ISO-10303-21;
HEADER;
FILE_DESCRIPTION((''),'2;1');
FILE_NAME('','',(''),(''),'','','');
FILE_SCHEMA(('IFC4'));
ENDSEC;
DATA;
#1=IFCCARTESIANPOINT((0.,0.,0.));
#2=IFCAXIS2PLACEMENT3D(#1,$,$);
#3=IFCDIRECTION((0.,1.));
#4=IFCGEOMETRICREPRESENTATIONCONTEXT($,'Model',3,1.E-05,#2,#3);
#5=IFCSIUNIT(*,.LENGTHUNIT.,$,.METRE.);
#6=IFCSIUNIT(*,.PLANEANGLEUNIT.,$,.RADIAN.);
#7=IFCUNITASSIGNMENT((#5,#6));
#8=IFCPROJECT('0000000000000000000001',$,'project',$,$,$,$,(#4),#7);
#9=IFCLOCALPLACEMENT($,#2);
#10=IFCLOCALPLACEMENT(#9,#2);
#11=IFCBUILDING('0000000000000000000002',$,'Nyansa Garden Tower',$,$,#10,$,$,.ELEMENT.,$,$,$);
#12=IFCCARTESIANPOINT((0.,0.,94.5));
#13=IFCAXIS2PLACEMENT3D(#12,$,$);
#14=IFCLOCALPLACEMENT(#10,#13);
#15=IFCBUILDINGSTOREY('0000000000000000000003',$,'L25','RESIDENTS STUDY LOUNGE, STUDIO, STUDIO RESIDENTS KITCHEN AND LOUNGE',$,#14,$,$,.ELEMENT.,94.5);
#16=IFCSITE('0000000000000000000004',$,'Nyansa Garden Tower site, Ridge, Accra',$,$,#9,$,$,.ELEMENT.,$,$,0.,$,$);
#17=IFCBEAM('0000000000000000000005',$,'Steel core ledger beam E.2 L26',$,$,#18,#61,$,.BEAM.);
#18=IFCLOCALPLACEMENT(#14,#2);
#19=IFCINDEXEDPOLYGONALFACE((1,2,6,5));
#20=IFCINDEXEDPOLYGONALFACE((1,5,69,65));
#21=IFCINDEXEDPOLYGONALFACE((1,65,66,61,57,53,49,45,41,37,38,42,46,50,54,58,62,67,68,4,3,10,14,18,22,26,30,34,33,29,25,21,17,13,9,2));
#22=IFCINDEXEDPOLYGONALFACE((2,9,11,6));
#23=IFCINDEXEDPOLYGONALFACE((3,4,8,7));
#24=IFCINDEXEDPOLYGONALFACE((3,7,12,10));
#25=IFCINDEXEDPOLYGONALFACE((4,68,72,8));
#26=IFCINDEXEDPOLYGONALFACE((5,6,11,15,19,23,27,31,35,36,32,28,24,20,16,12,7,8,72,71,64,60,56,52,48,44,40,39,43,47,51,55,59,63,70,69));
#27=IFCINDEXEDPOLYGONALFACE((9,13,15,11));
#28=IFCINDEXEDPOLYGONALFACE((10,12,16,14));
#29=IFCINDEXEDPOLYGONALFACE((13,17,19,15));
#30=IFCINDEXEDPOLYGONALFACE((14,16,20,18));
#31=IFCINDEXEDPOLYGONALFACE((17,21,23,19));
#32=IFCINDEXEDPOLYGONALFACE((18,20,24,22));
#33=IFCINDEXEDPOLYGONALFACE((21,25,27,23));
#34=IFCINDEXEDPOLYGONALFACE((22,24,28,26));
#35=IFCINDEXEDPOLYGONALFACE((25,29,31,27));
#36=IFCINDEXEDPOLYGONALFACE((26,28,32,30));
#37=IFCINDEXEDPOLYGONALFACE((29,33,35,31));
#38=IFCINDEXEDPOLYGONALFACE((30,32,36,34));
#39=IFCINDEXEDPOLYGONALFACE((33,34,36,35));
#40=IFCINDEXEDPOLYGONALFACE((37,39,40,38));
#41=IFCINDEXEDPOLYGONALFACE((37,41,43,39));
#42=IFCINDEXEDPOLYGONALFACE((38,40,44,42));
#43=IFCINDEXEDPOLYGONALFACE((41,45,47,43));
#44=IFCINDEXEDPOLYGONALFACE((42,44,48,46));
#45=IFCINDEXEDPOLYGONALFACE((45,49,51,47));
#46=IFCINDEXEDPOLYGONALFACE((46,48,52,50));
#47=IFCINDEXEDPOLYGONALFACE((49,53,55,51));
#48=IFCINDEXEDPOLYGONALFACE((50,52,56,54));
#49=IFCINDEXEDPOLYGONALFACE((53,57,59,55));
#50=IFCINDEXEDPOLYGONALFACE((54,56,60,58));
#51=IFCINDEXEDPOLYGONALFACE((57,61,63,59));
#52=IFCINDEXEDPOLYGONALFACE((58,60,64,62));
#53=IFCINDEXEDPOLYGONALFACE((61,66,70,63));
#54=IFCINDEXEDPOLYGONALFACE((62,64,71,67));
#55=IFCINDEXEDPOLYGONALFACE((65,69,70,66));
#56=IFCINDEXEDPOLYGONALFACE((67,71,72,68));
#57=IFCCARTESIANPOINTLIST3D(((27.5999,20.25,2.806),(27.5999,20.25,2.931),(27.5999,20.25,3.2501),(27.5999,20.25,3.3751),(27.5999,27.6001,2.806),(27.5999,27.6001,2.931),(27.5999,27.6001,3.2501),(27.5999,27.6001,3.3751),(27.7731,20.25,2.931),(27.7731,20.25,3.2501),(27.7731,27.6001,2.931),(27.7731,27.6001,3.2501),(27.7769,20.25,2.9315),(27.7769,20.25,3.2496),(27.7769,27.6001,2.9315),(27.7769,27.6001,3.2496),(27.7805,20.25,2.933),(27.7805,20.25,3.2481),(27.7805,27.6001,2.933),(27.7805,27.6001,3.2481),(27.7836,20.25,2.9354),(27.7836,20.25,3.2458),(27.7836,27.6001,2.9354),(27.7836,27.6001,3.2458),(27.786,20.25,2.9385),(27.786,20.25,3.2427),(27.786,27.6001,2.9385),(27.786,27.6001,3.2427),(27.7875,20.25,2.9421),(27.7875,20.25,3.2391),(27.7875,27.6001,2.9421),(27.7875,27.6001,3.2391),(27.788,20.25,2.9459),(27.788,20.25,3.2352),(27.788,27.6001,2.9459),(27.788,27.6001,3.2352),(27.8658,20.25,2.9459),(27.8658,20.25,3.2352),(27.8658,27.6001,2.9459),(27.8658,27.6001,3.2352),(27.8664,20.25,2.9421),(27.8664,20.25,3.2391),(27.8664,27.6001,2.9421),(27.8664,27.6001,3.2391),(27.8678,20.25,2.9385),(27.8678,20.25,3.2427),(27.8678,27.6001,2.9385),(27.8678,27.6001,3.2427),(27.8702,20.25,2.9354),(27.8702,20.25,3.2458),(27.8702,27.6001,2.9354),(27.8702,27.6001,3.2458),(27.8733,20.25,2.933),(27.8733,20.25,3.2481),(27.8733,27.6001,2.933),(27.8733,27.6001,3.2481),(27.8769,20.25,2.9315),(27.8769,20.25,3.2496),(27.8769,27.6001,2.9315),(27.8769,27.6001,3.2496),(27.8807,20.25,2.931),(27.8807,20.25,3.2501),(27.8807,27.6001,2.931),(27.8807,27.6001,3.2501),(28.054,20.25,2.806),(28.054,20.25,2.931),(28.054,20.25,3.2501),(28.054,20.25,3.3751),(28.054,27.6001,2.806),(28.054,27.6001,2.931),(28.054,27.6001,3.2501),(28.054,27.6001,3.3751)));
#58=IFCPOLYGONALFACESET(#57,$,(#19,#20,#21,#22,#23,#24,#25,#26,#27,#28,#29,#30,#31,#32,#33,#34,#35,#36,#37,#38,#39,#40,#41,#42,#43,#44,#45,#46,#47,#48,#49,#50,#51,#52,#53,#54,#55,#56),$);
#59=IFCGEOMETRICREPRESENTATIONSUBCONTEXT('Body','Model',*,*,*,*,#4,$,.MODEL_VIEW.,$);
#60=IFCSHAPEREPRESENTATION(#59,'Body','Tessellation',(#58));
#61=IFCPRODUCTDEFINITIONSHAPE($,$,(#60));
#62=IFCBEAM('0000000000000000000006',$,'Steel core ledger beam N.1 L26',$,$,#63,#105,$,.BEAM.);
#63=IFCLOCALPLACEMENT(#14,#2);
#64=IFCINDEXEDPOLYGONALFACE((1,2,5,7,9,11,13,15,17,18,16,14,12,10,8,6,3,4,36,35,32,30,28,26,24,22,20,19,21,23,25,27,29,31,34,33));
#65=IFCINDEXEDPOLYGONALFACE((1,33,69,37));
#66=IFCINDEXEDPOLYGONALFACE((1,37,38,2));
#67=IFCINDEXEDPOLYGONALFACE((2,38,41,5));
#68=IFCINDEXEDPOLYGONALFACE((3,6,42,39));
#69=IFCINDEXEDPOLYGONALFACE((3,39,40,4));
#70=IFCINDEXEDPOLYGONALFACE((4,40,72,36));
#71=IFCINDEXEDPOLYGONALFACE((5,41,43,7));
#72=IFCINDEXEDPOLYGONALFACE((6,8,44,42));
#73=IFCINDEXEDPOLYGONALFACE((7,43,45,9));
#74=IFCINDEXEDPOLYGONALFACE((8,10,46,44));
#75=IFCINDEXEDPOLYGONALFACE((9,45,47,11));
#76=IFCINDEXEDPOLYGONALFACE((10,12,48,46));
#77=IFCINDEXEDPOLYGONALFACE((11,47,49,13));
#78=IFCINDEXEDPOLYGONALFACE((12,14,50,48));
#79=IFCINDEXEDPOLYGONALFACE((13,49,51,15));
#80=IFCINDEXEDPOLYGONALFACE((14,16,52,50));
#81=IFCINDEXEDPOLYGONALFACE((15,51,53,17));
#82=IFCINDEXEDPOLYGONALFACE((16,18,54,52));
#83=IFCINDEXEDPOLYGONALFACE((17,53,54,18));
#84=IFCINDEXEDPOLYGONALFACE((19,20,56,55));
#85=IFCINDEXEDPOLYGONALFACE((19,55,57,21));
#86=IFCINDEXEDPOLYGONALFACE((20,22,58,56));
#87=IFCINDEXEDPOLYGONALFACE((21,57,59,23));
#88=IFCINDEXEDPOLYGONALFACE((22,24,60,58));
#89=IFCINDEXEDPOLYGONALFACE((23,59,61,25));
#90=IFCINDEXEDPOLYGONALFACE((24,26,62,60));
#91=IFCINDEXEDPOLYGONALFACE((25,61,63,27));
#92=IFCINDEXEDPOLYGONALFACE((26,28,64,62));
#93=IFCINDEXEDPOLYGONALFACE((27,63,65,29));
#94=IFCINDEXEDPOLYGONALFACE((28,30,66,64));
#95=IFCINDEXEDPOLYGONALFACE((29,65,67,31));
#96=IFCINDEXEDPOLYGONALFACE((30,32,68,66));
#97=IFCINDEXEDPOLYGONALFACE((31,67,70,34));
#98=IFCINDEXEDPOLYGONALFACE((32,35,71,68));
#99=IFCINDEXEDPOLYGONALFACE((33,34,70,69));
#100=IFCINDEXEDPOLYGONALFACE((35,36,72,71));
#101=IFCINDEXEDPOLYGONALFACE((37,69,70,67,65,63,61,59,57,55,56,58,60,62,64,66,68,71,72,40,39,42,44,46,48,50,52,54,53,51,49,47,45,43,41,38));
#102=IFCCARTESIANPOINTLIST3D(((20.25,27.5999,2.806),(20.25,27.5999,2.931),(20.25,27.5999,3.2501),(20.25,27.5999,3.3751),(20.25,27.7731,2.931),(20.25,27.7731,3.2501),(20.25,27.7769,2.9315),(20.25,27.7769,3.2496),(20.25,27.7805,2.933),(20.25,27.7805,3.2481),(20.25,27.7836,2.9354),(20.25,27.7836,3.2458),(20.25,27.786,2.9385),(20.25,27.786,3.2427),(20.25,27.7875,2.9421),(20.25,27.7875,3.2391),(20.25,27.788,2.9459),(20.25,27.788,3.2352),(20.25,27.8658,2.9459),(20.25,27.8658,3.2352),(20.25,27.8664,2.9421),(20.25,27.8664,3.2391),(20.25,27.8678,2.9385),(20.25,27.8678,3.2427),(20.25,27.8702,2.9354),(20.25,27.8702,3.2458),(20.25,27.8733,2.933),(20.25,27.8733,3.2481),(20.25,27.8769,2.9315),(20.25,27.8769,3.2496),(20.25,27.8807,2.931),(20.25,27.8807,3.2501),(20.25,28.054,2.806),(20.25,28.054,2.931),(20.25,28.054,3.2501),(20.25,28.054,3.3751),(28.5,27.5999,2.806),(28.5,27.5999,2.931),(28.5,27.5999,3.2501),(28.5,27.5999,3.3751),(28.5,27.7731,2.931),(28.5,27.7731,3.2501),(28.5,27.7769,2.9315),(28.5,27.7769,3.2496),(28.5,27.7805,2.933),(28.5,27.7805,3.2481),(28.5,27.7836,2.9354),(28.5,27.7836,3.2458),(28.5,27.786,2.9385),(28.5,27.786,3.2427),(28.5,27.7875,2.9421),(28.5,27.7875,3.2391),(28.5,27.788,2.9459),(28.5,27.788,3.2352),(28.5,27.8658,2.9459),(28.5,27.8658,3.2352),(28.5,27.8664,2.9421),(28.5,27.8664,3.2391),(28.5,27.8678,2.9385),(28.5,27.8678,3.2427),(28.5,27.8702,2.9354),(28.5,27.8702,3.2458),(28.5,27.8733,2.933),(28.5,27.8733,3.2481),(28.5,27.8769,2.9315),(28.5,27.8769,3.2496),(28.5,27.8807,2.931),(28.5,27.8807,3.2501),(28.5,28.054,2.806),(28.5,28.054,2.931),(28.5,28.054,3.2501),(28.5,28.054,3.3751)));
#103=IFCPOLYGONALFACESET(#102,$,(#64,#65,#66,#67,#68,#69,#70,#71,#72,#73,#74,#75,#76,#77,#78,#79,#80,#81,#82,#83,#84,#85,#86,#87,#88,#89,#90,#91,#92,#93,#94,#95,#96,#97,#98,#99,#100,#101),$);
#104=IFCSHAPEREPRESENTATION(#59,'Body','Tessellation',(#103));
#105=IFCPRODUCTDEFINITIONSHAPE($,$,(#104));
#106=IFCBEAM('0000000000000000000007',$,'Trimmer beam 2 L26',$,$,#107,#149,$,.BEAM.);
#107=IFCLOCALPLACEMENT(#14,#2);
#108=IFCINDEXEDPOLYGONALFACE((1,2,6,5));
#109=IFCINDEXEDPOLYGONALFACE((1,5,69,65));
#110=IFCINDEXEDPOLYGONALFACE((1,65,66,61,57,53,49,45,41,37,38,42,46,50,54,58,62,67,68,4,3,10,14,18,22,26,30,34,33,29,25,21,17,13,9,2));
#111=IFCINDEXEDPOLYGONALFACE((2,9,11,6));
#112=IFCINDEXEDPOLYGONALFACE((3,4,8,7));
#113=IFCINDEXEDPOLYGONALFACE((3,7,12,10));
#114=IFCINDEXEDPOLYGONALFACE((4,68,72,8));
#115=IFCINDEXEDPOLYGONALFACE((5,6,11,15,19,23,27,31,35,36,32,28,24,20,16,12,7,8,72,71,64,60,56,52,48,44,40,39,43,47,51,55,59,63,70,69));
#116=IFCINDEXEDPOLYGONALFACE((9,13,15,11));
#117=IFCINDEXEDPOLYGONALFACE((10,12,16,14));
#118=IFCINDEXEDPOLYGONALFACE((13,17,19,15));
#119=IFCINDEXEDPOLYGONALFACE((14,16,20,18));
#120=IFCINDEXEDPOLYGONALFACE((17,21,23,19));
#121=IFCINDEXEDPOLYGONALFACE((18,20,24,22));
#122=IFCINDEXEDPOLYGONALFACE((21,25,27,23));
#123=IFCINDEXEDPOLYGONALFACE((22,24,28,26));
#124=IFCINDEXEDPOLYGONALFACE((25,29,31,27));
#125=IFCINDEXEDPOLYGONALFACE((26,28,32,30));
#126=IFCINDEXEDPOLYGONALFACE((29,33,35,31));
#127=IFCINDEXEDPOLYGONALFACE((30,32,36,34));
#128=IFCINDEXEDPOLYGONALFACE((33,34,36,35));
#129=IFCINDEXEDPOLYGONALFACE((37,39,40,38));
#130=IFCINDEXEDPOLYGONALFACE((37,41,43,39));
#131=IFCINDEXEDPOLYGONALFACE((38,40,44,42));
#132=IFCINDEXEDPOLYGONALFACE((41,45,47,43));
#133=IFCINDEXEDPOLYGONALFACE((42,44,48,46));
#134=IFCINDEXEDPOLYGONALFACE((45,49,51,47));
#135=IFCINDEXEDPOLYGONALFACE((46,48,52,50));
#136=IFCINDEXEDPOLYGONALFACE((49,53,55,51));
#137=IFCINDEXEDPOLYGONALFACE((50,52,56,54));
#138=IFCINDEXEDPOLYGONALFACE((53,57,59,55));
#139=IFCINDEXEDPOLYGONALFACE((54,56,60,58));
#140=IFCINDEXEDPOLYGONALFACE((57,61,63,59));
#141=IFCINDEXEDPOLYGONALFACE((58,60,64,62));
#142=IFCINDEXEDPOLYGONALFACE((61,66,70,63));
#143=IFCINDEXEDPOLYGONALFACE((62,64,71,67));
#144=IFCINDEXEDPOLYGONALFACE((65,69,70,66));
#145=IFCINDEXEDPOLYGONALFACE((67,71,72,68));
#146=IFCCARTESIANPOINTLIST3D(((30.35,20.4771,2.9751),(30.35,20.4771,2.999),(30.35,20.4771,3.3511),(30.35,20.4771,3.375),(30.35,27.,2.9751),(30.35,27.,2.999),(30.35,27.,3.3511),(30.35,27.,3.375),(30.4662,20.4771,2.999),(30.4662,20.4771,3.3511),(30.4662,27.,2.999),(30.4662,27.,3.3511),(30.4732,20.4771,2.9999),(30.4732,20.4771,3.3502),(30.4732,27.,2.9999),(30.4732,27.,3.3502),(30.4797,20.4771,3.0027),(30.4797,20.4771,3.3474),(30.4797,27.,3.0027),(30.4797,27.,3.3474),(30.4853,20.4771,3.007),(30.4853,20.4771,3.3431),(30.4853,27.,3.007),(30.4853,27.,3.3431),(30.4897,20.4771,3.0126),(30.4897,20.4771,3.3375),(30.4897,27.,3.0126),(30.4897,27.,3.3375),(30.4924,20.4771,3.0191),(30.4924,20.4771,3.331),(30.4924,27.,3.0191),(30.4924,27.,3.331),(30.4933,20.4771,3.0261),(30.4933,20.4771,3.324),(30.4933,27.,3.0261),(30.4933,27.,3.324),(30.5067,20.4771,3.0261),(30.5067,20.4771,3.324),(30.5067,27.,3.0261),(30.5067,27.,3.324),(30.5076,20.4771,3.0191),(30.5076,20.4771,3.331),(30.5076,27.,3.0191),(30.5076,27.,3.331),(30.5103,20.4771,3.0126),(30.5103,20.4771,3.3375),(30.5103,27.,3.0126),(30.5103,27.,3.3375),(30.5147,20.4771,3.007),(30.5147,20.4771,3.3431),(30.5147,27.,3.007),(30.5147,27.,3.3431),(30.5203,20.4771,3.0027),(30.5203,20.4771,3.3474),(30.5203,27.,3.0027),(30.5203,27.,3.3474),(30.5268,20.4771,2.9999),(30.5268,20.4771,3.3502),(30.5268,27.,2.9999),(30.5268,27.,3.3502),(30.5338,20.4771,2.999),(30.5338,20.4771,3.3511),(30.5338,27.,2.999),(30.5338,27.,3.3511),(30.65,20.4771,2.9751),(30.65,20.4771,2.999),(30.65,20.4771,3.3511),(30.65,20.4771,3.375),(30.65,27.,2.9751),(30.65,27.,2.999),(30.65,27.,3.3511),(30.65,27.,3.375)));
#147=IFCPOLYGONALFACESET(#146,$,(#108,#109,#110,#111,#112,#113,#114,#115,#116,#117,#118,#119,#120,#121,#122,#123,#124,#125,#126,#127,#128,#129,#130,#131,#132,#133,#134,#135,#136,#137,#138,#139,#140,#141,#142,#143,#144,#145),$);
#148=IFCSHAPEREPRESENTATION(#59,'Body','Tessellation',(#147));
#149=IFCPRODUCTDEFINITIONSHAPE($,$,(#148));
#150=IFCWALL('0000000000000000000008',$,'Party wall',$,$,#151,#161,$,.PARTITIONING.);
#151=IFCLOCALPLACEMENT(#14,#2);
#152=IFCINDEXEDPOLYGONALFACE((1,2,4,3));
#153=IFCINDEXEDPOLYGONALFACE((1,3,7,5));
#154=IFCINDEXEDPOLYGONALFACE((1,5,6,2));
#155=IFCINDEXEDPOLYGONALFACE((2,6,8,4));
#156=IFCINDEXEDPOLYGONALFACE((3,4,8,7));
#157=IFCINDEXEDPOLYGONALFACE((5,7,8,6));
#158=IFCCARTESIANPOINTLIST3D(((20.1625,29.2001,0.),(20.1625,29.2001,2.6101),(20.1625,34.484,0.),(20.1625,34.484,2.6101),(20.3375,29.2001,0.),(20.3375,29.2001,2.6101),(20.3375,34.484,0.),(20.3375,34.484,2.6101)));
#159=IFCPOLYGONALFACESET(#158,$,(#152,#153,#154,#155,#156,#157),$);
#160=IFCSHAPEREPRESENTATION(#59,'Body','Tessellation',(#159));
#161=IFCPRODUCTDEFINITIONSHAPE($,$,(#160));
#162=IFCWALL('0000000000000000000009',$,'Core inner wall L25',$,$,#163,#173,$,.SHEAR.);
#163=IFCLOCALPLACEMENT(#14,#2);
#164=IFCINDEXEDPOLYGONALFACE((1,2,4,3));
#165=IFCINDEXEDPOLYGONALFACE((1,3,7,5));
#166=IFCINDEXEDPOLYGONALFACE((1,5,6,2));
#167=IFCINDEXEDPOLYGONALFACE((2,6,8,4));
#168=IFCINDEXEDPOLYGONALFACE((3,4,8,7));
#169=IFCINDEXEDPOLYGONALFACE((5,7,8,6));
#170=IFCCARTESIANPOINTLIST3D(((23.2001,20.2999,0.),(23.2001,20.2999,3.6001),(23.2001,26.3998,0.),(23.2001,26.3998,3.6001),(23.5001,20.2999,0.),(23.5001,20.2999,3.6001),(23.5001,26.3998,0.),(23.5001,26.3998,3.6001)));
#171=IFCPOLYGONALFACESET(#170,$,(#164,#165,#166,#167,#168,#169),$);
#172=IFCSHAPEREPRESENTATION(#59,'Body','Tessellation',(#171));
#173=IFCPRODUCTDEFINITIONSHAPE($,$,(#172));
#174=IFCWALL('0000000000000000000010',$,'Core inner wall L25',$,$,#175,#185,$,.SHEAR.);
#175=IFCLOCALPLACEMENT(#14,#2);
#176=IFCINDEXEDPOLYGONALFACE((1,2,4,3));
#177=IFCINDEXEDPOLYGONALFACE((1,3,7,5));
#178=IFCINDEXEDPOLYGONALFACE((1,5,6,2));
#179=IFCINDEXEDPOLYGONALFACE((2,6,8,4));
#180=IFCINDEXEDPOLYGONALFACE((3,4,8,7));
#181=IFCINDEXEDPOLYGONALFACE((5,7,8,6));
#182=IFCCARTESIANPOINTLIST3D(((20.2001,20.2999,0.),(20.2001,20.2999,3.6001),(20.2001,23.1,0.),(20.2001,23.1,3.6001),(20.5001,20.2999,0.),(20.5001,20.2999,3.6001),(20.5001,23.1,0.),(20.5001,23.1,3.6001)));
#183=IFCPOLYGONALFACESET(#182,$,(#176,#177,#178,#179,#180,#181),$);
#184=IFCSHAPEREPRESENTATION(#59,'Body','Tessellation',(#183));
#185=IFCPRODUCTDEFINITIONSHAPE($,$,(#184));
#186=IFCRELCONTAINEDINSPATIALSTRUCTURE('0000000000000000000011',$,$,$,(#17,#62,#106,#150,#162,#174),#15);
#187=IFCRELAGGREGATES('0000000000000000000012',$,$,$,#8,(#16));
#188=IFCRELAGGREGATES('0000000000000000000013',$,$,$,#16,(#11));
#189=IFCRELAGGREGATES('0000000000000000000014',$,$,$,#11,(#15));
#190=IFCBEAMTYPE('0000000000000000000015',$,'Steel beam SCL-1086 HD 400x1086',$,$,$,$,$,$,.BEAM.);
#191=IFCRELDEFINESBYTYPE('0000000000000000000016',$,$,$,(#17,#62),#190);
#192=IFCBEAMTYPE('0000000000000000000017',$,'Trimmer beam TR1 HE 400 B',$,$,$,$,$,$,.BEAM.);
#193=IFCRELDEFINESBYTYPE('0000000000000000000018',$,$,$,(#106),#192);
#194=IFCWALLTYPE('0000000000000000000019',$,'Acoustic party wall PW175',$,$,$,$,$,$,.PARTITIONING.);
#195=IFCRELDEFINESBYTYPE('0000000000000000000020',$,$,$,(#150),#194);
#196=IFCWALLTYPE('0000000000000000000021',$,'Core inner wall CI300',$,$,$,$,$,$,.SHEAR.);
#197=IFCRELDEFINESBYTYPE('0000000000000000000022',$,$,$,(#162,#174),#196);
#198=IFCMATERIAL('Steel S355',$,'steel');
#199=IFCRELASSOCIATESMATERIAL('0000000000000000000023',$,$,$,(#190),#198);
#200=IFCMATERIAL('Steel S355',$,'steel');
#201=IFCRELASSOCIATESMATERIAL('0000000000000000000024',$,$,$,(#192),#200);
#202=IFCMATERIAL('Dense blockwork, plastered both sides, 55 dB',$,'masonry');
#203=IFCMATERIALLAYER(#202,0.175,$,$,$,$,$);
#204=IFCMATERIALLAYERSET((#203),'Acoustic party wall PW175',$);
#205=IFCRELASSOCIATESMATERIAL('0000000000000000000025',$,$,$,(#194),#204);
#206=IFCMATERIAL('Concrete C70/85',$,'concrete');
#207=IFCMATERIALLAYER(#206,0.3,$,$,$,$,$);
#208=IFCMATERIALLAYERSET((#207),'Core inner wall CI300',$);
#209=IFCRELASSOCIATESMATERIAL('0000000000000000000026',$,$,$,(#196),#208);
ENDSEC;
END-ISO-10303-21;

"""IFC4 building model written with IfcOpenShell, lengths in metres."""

from ifc_helpers import new_model, si_unit, direction, frame, frame_2d, origin, origin_2d, place, context, subcontext, project, spatial, rectangle, i_section, extrude, material, layer, layer_set, material_profile, profile_set, type_object, element, save


model = new_model("IFC4")

# Units and contexts
model_context = context("Model", 3, precision=1e-05, world=origin(), true_north=direction((0.0, 1.0)))
body_context = subcontext(model_context, "Body", "Model", "MODEL_VIEW")
ifc_project = project(units=[si_unit("LENGTHUNIT", "METRE"), si_unit("PLANEANGLEUNIT", "RADIAN")], contexts=[model_context])

# Site, building, storey
site_placement = place(None, origin())
site = spatial("IfcSite", under=ifc_project, at=site_placement, Name="Nyansa Garden Tower site, Ridge, Accra", CompositionType="ELEMENT", RefElevation=0.0)
building_placement = place(site_placement, origin())
building = spatial("IfcBuilding", under=site, at=building_placement, Name="Nyansa Garden Tower", CompositionType="ELEMENT")
storey_placement = place(building_placement, frame((0.0, 0.0, 94.5)))
storey = spatial("IfcBuildingStorey", under=building, at=storey_placement, Name="L25", Description="RESIDENTS STUDY LOUNGE, STUDIO, STUDIO RESIDENTS KITCHEN AND LOUNGE", CompositionType="ELEMENT", Elevation=94.5)

# Beams
ifc_material_1 = material(Name="Steel S355", Category="steel")
ifc_material_profile_1 = material_profile(ifc_material_1, i_section(OverallWidth=0.4541, OverallDepth=0.5691, WebThickness=0.0779, FlangeThickness=0.125, FilletRadius=0.0149, at=origin_2d()), Name="HD 400x1086")
ifc_profile_set_1 = profile_set([ifc_material_profile_1], Name="Steel S355")
beam_type_1 = type_object("IfcBeamType", Name="Steel beam SCL-1086 HD 400x1086", PredefinedType="BEAM", material=ifc_profile_set_1)
beam_1_placement = place(storey_placement, frame((27.8269, 20.25, 3.0906), z_axis=(0.0, 1.0, 0.0), x_axis=(-1.0, 0.0, 0.0)))
element("IfcBeam", 1, at=beam_1_placement, inside=storey, type_object=beam_type_1, Name="Steel core ledger beam E.2 L26", PredefinedType="BEAM", context=body_context, shape_type="SweptSolid", body=[
    extrude(i_section(OverallWidth=0.4541, OverallDepth=0.5691, WebThickness=0.0779, FlangeThickness=0.125, FilletRadius=0.0149, at=origin_2d()), origin(), (0.0, 0.0, 1.0), 7.3501),
])
beam_2_placement = place(storey_placement, frame((28.5, 27.8269, 3.0906), z_axis=(-1.0, 0.0, 0.0), x_axis=(0.0, -1.0, 0.0)))
element("IfcBeam", 2, at=beam_2_placement, inside=storey, type_object=beam_type_1, Name="Steel core ledger beam N.1 L26", PredefinedType="BEAM", context=body_context, shape_type="SweptSolid", body=[
    extrude(i_section(OverallWidth=0.4541, OverallDepth=0.5691, WebThickness=0.0779, FlangeThickness=0.125, FilletRadius=0.0149, at=origin_2d()), origin(), (0.0, 0.0, 1.0), 8.25),
])
ifc_material_2 = material(Name="Steel S355", Category="steel")
ifc_material_profile_2 = material_profile(ifc_material_2, i_section(OverallWidth=0.3, OverallDepth=0.3999, WebThickness=0.0134, FlangeThickness=0.0239, FilletRadius=0.0271, at=origin_2d()), Name="HE 400 B")
ifc_profile_set_2 = profile_set([ifc_material_profile_2], Name="Steel S355")
beam_type_2 = type_object("IfcBeamType", Name="Trimmer beam TR1 HE 400 B", PredefinedType="BEAM", material=ifc_profile_set_2)
beam_3_placement = place(storey_placement, frame((30.5, 20.4771, 3.175), z_axis=(0.0, 1.0, 0.0), x_axis=(-1.0, 0.0, 0.0)))
element("IfcBeam", 3, at=beam_3_placement, inside=storey, type_object=beam_type_2, Name="Trimmer beam 2 L26", PredefinedType="BEAM", context=body_context, shape_type="SweptSolid", body=[
    extrude(i_section(OverallWidth=0.3, OverallDepth=0.3999, WebThickness=0.0134, FlangeThickness=0.0239, FilletRadius=0.0271, at=origin_2d()), origin(), (0.0, 0.0, 1.0), 6.5229),
])

# Walls
ifc_material_3 = material(Name="Dense blockwork, plastered both sides, 55 dB", Category="masonry")
ifc_layer_1 = layer(ifc_material_3, 0.175)
ifc_layer_set_1 = layer_set([ifc_layer_1], Name="Acoustic party wall PW175")
wall_type_1 = type_object("IfcWallType", Name="Acoustic party wall PW175", PredefinedType="PARTITIONING", material=ifc_layer_set_1)
wall_1_placement = place(storey_placement, frame((20.25, 29.2, 0.0), z_axis=(0.0, 0.0, 1.0), x_axis=(0.0, 1.0, 0.0)))
element("IfcWall", 4, at=wall_1_placement, inside=storey, type_object=wall_type_1, Name="Party wall", PredefinedType="PARTITIONING", context=body_context, shape_type="SweptSolid", body=[
    extrude(rectangle(XDim=5.2839, YDim=0.175, at=frame_2d((2.6421, 0.0))), origin(), (0.0, 0.0, 1.0), 2.6101),
])
ifc_material_4 = material(Name="Concrete C70/85", Category="concrete")
ifc_layer_2 = layer(ifc_material_4, 0.3)
ifc_layer_set_2 = layer_set([ifc_layer_2], Name="Core inner wall CI300")
wall_type_2 = type_object("IfcWallType", Name="Core inner wall CI300", PredefinedType="SHEAR", material=ifc_layer_set_2)
wall_2_placement = place(storey_placement, frame((23.3501, 20.3, 0.0), z_axis=(0.0, 0.0, 1.0), x_axis=(0.0, 1.0, 0.0)))
element("IfcWall", 5, at=wall_2_placement, inside=storey, type_object=wall_type_2, Name="Core inner wall L25", PredefinedType="SHEAR", context=body_context, shape_type="SweptSolid", body=[
    extrude(rectangle(XDim=6.0999, YDim=0.3, at=frame_2d((3.0498, 0.0))), origin(), (0.0, 0.0, 1.0), 3.6001),
])
wall_3_placement = place(storey_placement, frame((20.3501, 20.3, 0.0), z_axis=(0.0, 0.0, 1.0), x_axis=(0.0, 1.0, 0.0)))
element("IfcWall", 6, at=wall_3_placement, inside=storey, type_object=wall_type_2, Name="Core inner wall L25", PredefinedType="SHEAR", context=body_context, shape_type="SweptSolid", body=[
    extrude(rectangle(XDim=2.8, YDim=0.3, at=frame_2d((1.3999, 0.0))), origin(), (0.0, 0.0, 1.0), 3.6001),
])

save(model, "model.ifc")
